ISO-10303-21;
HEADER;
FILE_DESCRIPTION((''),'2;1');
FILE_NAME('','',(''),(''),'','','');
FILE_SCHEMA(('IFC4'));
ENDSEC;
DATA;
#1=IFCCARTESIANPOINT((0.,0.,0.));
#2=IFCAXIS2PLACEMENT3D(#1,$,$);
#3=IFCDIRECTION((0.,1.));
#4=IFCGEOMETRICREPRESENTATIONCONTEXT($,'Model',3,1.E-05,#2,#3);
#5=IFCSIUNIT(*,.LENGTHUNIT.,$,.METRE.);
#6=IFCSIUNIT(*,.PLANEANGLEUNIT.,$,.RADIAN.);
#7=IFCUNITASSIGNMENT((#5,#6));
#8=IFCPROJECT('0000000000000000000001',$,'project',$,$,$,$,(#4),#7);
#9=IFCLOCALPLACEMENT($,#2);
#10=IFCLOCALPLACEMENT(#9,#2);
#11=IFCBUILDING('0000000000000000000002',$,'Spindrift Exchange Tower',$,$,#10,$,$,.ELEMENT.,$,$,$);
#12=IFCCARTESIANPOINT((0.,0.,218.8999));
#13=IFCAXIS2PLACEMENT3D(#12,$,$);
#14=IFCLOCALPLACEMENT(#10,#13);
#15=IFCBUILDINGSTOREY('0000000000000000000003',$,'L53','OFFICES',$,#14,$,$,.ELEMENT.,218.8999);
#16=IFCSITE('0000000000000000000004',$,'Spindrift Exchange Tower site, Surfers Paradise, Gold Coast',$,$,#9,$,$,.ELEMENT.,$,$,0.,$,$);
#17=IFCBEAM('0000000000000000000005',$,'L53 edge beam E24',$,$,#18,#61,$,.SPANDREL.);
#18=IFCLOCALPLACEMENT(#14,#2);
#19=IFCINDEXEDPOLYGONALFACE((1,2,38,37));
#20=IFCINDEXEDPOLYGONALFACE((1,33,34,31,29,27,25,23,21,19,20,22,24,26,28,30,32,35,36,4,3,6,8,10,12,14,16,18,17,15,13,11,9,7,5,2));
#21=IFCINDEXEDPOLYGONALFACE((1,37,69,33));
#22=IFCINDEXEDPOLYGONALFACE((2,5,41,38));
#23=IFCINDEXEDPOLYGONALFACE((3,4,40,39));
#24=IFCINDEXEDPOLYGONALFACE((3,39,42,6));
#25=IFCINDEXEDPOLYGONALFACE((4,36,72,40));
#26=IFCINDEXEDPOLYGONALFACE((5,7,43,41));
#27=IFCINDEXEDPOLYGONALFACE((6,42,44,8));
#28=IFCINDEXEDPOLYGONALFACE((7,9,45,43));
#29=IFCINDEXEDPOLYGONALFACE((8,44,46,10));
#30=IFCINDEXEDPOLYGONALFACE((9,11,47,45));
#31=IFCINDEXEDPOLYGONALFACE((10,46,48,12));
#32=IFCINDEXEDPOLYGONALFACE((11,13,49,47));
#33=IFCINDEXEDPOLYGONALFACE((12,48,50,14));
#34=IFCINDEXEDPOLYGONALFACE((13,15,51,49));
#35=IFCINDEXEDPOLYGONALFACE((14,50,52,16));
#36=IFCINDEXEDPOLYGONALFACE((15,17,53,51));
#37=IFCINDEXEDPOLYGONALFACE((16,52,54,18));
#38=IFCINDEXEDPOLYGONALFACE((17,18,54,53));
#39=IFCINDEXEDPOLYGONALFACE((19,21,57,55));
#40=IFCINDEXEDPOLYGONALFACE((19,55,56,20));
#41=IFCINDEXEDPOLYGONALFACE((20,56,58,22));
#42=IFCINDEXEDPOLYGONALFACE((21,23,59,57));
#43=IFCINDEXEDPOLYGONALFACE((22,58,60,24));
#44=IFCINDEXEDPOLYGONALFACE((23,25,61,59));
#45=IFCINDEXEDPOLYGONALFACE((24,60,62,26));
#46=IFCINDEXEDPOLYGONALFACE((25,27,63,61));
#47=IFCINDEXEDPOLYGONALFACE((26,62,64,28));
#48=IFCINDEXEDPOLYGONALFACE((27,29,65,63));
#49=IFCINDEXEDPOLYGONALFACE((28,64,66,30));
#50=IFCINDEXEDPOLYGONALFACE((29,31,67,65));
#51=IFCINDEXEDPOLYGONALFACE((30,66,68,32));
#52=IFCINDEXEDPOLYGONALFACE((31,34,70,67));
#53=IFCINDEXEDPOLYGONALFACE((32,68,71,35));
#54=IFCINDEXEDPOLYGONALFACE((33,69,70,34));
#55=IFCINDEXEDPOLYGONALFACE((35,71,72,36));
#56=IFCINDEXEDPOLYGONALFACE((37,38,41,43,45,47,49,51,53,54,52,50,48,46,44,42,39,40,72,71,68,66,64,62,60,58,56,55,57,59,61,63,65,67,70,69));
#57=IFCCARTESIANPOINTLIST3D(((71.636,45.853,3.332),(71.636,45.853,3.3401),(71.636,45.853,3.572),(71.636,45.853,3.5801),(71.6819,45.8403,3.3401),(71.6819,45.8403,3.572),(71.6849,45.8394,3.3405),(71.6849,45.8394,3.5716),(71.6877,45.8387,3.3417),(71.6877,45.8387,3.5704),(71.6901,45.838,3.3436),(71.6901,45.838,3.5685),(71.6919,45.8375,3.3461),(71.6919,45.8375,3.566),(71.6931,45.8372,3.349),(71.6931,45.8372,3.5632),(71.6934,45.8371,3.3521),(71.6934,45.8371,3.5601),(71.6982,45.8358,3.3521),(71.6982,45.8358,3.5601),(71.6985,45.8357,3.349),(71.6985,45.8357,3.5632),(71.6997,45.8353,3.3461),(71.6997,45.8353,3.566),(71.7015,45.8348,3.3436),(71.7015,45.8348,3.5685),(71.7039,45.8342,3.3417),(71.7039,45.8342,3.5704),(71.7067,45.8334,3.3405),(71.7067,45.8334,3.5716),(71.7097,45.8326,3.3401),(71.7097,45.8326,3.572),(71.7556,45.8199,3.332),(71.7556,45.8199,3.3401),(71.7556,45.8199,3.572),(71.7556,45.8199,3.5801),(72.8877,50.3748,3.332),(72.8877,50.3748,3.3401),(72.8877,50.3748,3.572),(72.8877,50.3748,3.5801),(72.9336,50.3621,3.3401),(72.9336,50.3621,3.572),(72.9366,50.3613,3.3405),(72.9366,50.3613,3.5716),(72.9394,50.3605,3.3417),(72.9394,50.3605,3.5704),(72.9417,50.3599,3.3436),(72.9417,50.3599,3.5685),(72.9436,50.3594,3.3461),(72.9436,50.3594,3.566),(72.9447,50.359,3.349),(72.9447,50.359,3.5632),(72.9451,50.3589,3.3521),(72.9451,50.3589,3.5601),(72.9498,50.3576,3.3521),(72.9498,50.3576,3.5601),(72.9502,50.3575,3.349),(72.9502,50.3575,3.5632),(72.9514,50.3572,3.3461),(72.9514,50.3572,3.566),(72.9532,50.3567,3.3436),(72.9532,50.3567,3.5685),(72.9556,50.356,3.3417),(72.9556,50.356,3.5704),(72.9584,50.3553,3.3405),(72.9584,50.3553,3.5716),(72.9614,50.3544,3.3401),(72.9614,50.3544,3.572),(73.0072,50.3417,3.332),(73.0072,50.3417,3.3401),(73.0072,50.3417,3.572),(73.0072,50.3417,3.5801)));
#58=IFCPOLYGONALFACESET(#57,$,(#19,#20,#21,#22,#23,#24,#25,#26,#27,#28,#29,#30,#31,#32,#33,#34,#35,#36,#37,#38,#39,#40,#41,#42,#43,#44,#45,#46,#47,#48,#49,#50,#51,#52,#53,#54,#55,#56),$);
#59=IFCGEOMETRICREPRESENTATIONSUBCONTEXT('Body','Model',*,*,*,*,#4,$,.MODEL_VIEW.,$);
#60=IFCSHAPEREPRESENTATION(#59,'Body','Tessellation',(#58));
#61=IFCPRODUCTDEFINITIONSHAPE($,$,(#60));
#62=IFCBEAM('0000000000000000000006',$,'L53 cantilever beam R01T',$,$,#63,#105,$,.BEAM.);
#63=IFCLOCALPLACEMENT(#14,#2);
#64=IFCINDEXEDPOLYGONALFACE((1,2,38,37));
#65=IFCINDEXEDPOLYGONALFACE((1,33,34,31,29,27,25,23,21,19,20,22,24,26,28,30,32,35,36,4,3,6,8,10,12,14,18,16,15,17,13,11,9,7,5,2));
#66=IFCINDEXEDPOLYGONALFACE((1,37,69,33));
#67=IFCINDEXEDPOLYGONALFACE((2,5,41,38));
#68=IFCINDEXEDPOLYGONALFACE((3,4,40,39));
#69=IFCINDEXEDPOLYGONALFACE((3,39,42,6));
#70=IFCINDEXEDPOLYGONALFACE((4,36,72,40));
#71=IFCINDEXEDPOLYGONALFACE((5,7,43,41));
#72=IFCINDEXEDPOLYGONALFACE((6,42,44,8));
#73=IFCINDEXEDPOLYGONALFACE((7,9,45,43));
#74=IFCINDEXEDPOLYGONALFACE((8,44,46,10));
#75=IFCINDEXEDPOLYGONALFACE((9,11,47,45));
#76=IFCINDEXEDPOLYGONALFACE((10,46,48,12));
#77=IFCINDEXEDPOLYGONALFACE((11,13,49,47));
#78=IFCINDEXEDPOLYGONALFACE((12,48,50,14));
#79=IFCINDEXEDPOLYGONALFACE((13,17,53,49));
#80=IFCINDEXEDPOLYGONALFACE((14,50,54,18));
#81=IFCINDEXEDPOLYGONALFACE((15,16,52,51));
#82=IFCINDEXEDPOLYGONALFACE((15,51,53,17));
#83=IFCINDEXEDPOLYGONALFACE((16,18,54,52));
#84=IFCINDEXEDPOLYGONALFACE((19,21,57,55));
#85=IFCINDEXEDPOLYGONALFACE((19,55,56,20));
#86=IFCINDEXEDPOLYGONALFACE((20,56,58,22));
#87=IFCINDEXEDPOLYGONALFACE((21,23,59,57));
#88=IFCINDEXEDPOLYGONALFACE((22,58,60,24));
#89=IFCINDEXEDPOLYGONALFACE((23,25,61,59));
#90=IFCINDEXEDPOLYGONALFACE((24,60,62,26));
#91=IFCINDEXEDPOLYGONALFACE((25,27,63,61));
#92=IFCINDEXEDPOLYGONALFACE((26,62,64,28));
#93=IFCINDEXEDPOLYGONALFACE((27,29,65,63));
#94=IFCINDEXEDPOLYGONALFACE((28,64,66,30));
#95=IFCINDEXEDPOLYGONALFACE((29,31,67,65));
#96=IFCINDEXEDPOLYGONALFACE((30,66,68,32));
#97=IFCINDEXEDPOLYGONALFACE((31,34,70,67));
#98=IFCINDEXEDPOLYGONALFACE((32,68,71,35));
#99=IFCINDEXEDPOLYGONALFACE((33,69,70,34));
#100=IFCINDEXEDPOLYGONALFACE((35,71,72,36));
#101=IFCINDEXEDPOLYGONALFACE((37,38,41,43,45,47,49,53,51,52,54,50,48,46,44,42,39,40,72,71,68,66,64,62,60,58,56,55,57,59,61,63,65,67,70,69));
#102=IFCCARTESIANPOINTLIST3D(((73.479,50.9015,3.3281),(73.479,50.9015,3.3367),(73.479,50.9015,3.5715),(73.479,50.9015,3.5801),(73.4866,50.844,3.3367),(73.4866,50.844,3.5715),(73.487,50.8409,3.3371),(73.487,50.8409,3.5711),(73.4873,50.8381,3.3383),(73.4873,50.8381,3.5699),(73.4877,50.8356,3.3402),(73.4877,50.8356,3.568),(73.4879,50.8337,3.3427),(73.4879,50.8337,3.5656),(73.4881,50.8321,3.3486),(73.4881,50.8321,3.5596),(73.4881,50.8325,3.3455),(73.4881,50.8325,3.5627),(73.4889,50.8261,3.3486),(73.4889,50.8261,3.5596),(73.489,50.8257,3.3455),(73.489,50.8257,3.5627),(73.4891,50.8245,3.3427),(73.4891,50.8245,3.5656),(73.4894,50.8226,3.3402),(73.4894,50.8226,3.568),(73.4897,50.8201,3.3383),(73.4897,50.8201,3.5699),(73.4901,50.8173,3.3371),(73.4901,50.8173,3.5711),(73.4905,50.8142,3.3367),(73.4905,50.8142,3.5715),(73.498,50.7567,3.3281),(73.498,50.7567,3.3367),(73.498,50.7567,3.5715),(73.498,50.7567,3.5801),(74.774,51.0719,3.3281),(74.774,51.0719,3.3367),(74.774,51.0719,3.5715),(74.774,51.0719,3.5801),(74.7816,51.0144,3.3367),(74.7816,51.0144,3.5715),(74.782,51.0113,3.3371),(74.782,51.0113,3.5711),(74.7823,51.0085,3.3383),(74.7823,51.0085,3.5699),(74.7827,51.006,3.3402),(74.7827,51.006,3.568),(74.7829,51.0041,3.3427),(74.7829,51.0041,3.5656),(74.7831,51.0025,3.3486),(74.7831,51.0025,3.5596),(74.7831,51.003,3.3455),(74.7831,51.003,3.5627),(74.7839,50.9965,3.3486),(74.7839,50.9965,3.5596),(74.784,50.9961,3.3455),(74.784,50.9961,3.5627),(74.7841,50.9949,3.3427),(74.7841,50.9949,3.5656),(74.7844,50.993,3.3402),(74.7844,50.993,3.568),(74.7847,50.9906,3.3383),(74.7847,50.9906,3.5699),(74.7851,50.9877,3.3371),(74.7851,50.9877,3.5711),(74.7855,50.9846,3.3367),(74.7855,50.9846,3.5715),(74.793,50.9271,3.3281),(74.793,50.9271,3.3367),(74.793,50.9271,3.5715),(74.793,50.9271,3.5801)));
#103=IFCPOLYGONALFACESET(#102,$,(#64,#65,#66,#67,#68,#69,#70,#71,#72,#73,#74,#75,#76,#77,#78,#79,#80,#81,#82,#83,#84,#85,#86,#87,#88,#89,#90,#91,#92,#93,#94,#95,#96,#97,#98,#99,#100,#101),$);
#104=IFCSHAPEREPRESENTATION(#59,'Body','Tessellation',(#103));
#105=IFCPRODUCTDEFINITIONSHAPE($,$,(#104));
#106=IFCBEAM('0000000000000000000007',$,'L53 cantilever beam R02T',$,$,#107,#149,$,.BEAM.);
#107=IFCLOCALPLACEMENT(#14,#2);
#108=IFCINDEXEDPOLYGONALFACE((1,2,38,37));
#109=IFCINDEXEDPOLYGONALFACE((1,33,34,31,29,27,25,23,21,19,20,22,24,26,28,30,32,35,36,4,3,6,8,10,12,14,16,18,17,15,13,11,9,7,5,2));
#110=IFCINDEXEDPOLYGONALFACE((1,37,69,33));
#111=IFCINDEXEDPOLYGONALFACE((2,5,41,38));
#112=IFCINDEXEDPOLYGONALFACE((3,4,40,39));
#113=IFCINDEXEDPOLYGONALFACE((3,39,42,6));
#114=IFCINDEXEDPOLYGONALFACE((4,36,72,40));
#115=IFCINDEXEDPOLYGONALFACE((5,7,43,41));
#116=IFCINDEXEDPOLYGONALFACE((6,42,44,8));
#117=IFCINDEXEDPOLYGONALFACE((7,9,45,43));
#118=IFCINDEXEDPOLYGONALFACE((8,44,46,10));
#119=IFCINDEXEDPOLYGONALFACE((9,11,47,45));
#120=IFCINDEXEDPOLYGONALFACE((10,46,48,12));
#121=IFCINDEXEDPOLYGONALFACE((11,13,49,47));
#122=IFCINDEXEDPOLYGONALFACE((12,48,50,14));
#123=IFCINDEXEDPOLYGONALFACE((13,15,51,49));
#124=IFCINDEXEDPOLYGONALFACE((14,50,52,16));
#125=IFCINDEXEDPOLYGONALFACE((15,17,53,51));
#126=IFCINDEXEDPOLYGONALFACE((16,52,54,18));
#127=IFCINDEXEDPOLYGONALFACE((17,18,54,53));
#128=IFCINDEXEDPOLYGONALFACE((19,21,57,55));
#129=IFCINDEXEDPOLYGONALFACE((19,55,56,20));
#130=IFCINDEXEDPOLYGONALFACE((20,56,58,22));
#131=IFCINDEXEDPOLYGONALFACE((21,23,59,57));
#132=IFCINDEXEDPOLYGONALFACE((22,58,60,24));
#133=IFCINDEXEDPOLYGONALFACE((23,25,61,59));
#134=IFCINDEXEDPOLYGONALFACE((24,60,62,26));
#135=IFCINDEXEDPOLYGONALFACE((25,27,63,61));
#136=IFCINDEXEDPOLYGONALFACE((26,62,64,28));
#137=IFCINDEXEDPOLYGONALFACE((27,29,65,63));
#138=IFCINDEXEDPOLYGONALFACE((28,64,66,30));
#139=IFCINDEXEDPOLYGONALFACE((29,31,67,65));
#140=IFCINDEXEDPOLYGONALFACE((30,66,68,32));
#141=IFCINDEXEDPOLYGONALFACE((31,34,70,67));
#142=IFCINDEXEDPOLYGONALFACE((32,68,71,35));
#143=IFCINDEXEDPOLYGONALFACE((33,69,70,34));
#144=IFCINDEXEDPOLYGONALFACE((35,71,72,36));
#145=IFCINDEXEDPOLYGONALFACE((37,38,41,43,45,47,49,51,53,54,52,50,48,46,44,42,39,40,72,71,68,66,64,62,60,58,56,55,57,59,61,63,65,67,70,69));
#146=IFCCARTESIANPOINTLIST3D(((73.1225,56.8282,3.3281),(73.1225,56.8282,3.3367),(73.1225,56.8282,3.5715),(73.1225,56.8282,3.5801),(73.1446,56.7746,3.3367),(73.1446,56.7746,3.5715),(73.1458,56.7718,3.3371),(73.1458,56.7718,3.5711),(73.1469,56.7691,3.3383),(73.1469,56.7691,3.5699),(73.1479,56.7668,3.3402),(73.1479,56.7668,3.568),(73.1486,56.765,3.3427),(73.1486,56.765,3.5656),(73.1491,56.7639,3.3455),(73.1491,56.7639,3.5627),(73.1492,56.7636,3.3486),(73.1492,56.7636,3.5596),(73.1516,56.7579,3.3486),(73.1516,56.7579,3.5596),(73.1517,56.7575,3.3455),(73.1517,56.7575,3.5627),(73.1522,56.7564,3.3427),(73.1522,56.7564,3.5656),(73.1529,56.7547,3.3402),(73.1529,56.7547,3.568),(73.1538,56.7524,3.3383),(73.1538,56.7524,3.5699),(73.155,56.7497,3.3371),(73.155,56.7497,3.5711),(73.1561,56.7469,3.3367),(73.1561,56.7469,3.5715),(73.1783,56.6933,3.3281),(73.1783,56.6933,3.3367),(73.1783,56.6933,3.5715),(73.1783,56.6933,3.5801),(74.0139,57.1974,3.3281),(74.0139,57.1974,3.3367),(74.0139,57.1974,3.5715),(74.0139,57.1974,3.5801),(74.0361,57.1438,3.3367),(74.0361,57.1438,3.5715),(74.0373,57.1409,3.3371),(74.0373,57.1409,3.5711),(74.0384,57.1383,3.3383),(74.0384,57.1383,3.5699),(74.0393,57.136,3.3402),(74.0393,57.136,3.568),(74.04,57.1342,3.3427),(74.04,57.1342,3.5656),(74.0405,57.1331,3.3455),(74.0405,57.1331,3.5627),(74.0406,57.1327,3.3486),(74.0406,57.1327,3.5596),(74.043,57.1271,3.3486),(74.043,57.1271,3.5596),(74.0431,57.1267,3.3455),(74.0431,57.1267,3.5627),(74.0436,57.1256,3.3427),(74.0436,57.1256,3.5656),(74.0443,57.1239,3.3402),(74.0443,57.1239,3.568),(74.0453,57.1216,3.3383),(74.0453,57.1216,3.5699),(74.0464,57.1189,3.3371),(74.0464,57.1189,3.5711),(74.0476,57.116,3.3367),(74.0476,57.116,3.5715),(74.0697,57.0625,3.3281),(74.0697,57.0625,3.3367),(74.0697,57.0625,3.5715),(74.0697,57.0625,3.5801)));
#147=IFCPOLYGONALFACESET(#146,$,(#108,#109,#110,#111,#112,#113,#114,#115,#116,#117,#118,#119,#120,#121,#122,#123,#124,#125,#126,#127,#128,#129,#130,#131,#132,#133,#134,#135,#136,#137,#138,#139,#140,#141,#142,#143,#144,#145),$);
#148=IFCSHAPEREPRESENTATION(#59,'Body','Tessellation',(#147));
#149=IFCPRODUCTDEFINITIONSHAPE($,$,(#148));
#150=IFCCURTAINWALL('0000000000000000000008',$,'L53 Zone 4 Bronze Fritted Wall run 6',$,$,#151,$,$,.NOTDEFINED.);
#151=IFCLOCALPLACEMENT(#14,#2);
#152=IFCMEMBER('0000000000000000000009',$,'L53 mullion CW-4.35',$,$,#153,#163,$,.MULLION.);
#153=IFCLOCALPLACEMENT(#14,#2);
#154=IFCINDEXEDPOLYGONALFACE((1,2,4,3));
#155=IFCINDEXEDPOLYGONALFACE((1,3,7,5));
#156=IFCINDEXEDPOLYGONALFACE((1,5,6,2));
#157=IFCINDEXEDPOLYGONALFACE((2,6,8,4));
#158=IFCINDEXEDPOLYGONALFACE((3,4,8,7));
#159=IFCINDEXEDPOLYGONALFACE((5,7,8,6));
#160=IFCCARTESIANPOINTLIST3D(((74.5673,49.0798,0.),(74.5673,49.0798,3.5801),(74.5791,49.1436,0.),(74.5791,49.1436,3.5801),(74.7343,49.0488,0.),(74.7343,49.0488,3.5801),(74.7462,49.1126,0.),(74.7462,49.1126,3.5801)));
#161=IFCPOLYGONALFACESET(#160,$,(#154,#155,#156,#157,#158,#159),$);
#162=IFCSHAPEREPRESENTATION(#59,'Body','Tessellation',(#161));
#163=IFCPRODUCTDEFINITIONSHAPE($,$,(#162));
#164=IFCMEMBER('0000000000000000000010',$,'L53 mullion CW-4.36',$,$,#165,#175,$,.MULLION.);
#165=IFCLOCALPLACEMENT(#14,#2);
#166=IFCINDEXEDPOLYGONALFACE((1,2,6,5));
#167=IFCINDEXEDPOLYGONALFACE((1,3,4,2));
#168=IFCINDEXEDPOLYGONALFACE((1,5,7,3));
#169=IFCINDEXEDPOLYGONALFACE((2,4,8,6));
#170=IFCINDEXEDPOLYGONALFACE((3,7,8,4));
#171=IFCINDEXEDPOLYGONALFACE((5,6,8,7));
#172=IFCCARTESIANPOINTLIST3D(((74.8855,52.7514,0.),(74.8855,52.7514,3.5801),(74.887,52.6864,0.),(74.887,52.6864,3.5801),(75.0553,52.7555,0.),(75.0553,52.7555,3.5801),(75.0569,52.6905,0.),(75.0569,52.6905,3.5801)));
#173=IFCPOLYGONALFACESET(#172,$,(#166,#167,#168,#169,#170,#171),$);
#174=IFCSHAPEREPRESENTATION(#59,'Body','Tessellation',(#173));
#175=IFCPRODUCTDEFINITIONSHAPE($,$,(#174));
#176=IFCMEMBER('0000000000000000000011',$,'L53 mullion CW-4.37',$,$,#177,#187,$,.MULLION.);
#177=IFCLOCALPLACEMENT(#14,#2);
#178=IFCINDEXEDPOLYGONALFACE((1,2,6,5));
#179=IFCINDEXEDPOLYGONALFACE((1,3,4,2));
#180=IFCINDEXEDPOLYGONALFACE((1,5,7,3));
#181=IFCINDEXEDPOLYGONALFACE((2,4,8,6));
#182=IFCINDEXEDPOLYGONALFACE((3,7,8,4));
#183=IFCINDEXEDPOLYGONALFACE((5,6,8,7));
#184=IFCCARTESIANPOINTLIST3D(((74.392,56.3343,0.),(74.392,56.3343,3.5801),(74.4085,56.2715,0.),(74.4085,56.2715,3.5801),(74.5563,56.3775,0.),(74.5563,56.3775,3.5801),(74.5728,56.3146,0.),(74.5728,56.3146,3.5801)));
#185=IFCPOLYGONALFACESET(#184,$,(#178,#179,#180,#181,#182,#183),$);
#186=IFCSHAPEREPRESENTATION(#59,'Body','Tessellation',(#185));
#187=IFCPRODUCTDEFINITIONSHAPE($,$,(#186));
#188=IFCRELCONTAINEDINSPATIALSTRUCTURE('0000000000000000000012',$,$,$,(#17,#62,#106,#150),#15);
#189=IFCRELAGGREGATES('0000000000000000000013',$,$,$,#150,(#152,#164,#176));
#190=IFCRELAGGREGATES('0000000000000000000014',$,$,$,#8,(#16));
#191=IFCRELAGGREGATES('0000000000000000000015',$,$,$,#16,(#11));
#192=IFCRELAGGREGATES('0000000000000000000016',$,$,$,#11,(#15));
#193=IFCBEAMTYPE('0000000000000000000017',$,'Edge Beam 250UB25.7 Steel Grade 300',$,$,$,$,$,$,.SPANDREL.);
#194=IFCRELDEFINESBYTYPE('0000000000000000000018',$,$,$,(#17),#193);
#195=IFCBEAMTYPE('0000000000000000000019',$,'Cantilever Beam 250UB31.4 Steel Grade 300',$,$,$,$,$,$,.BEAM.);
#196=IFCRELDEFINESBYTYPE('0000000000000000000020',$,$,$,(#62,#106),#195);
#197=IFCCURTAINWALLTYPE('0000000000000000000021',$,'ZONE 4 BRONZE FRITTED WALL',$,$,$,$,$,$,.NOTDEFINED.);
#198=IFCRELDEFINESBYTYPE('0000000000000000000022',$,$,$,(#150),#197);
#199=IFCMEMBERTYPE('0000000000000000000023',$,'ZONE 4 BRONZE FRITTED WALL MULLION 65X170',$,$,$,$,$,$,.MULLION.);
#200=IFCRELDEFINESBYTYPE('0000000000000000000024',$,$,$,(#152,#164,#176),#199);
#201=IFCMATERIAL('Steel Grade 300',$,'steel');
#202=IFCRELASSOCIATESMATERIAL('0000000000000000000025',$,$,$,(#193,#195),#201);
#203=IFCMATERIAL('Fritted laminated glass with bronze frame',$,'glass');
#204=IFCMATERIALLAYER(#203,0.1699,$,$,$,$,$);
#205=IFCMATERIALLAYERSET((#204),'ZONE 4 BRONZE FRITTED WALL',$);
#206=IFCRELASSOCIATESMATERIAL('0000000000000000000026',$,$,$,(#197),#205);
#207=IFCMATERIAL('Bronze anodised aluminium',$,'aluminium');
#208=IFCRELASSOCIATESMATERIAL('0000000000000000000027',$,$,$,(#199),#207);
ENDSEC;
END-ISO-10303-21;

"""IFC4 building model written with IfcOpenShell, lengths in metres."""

from ifc_helpers import new_model, si_unit, direction, frame, origin, origin_2d, place, context, subcontext, project, spatial, rectangle, i_section, extrude, source, transform, mapped, material, layer, layer_set, material_profile, profile_set, type_object, element, aggregate, save


model = new_model("IFC4")

# Units and contexts
model_context = context("Model", 3, precision=1e-05, world=origin(), true_north=direction((0.0, 1.0)))
body_context = subcontext(model_context, "Body", "Model", "MODEL_VIEW")
ifc_project = project(units=[si_unit("LENGTHUNIT", "METRE"), si_unit("PLANEANGLEUNIT", "RADIAN")], contexts=[model_context])

# Site, building, storey
site_placement = place(None, origin())
site = spatial("IfcSite", under=ifc_project, at=site_placement, Name="Spindrift Exchange Tower site, Surfers Paradise, Gold Coast", CompositionType="ELEMENT", RefElevation=0.0)
building_placement = place(site_placement, origin())
building = spatial("IfcBuilding", under=site, at=building_placement, Name="Spindrift Exchange Tower", CompositionType="ELEMENT")
storey_placement = place(building_placement, frame((0.0, 0.0, 218.8999)))
storey = spatial("IfcBuildingStorey", under=building, at=storey_placement, Name="L53", Description="OFFICES", CompositionType="ELEMENT", Elevation=218.8999)

# Beams
ifc_material_1 = material(Name="Steel Grade 300", Category="steel")
ifc_material_profile_1 = material_profile(ifc_material_1, i_section(OverallWidth=0.124, OverallDepth=0.248, WebThickness=0.0049, FlangeThickness=0.0081, FilletRadius=0.012, at=origin_2d()), Name="250UB25.7")
ifc_profile_set_1 = profile_set([ifc_material_profile_1], Name="Steel Grade 300")
beam_type_1 = type_object("IfcBeamType", Name="Edge Beam 250UB25.7 Steel Grade 300", PredefinedType="SPANDREL", material=ifc_profile_set_1)
shared_shape_1 = source(origin(), body_context, "Body", "SweptSolid", [
    extrude(i_section(OverallWidth=0.124, OverallDepth=0.248, WebThickness=0.0049, FlangeThickness=0.0081, FilletRadius=0.012, at=origin_2d()), origin(), (0.0, 0.0, 1.0), 4.6919),
])
beam_1_placement = place(storey_placement, frame((71.6958, 45.8364, 3.4561), z_axis=(0.266774, 0.963759, 0.0), x_axis=(-0.963759, 0.266774, 0.0)))
element("IfcBeam", 1, at=beam_1_placement, inside=storey, type_object=beam_type_1, Name="L53 edge beam E24", PredefinedType="SPANDREL", context=body_context, shape_type="MappedRepresentation", body=[
    mapped(shared_shape_1, transform((0.0, 0.0, 0.0), scale=1.0)),
])
ifc_material_profile_2 = material_profile(ifc_material_1, i_section(OverallWidth=0.146, OverallDepth=0.252, WebThickness=0.0061, FlangeThickness=0.0085, FilletRadius=0.012, at=origin_2d()), Name="250UB31.4")
ifc_profile_set_2 = profile_set([ifc_material_profile_2], Name="Steel Grade 300")
beam_type_2 = type_object("IfcBeamType", Name="Cantilever Beam 250UB31.4 Steel Grade 300", PredefinedType="BEAM", material=ifc_profile_set_2)
shared_shape_2 = source(origin(), body_context, "Body", "SweptSolid", [
    extrude(i_section(OverallWidth=0.146, OverallDepth=0.252, WebThickness=0.0061, FlangeThickness=0.0085, FilletRadius=0.012, at=origin_2d()), origin(), (0.0, 0.0, 1.0), 1.3062),
])
beam_2_placement = place(storey_placement, frame((73.4885, 50.8291, 3.4541), z_axis=(0.991452, 0.130474, 0.0), x_axis=(-0.130474, 0.991452, 0.0)))
element("IfcBeam", 2, at=beam_2_placement, inside=storey, type_object=beam_type_2, Name="L53 cantilever beam R01T", PredefinedType="BEAM", context=body_context, shape_type="MappedRepresentation", body=[
    mapped(shared_shape_2, transform((0.0, 0.0, 0.0), scale=1.0)),
])
shared_shape_3 = source(origin(), body_context, "Body", "SweptSolid", [
    extrude(i_section(OverallWidth=0.146, OverallDepth=0.252, WebThickness=0.0061, FlangeThickness=0.0085, FilletRadius=0.012, at=origin_2d()), origin(), (0.0, 0.0, 1.0), 0.9648),
])
beam_3_placement = place(storey_placement, frame((73.1504, 56.7607, 3.4541), z_axis=(0.923906, 0.38262, 0.0), x_axis=(-0.38262, 0.923906, 0.0)))
element("IfcBeam", 3, at=beam_3_placement, inside=storey, type_object=beam_type_2, Name="L53 cantilever beam R02T", PredefinedType="BEAM", context=body_context, shape_type="MappedRepresentation", body=[
    mapped(shared_shape_3, transform((0.0, 0.0, 0.0), scale=1.0)),
])

# Curtain wall, members
ifc_material_2 = material(Name="Fritted laminated glass with bronze frame", Category="glass")
ifc_layer_1 = layer(ifc_material_2, 0.1699)
ifc_layer_set_1 = layer_set([ifc_layer_1], Name="ZONE 4 BRONZE FRITTED WALL")
curtain_wall_type = type_object("IfcCurtainWallType", Name="ZONE 4 BRONZE FRITTED WALL", PredefinedType="NOTDEFINED", material=ifc_layer_set_1)
curtain_wall_placement = place(storey_placement, origin())
curtain_wall = element("IfcCurtainWall", 4, at=curtain_wall_placement, inside=storey, type_object=curtain_wall_type, Name="L53 Zone 4 Bronze Fritted Wall run 6", PredefinedType="NOTDEFINED")
ifc_material_3 = material(Name="Bronze anodised aluminium", Category="aluminium")
ifc_material_profile_3 = material_profile(ifc_material_3, rectangle(XDim=0.0649, YDim=0.1699, at=origin_2d()), Name="ZONE 4 BRONZE FRITTED WALL MULLION 65X170")
ifc_profile_set_3 = profile_set([ifc_material_profile_3], Name="Bronze anodised aluminium")
member_type_1 = type_object("IfcMemberType", Name="ZONE 4 BRONZE FRITTED WALL MULLION 65X170", PredefinedType="MULLION", material=ifc_profile_set_3)
shared_shape_4 = source(origin(), body_context, "Body", "SweptSolid", [
    extrude(rectangle(XDim=0.0649, YDim=0.1699, at=origin_2d()), origin(), (0.0, 0.0, 1.0), 3.5801),
])
member_1_placement = place(storey_placement, frame((74.6567, 49.0962, 0.0), z_axis=(0.0, 0.0, 1.0), x_axis=(0.182557, 0.983195, 0.0)))
member_1 = element("IfcMember", 5, at=member_1_placement, type_object=member_type_1, Name="L53 mullion CW-4.35", PredefinedType="MULLION", context=body_context, shape_type="MappedRepresentation", body=[
    mapped(shared_shape_4, transform((0.0, 0.0, 0.0), scale=1.0)),
])
member_2_placement = place(storey_placement, frame((74.9712, 52.7209, 0.0), z_axis=(0.0, 0.0, 1.0), x_axis=(-0.02415, 0.999708, 0.0)))
member_2 = element("IfcMember", 6, at=member_2_placement, type_object=member_type_1, Name="L53 mullion CW-4.36", PredefinedType="MULLION", context=body_context, shape_type="MappedRepresentation", body=[
    mapped(shared_shape_4, transform((0.0, 0.0, 0.0), scale=1.0)),
])
member_3_placement = place(storey_placement, frame((74.4824, 56.3245, 0.0), z_axis=(0.0, 0.0, 1.0), x_axis=(-0.254067, 0.967187, 0.0)))
member_3 = element("IfcMember", 7, at=member_3_placement, type_object=member_type_1, Name="L53 mullion CW-4.37", PredefinedType="MULLION", context=body_context, shape_type="MappedRepresentation", body=[
    mapped(shared_shape_4, transform((0.0, 0.0, 0.0), scale=1.0)),
])
aggregate(curtain_wall, [member_1, member_2, member_3])

save(model, "model.ifc")
